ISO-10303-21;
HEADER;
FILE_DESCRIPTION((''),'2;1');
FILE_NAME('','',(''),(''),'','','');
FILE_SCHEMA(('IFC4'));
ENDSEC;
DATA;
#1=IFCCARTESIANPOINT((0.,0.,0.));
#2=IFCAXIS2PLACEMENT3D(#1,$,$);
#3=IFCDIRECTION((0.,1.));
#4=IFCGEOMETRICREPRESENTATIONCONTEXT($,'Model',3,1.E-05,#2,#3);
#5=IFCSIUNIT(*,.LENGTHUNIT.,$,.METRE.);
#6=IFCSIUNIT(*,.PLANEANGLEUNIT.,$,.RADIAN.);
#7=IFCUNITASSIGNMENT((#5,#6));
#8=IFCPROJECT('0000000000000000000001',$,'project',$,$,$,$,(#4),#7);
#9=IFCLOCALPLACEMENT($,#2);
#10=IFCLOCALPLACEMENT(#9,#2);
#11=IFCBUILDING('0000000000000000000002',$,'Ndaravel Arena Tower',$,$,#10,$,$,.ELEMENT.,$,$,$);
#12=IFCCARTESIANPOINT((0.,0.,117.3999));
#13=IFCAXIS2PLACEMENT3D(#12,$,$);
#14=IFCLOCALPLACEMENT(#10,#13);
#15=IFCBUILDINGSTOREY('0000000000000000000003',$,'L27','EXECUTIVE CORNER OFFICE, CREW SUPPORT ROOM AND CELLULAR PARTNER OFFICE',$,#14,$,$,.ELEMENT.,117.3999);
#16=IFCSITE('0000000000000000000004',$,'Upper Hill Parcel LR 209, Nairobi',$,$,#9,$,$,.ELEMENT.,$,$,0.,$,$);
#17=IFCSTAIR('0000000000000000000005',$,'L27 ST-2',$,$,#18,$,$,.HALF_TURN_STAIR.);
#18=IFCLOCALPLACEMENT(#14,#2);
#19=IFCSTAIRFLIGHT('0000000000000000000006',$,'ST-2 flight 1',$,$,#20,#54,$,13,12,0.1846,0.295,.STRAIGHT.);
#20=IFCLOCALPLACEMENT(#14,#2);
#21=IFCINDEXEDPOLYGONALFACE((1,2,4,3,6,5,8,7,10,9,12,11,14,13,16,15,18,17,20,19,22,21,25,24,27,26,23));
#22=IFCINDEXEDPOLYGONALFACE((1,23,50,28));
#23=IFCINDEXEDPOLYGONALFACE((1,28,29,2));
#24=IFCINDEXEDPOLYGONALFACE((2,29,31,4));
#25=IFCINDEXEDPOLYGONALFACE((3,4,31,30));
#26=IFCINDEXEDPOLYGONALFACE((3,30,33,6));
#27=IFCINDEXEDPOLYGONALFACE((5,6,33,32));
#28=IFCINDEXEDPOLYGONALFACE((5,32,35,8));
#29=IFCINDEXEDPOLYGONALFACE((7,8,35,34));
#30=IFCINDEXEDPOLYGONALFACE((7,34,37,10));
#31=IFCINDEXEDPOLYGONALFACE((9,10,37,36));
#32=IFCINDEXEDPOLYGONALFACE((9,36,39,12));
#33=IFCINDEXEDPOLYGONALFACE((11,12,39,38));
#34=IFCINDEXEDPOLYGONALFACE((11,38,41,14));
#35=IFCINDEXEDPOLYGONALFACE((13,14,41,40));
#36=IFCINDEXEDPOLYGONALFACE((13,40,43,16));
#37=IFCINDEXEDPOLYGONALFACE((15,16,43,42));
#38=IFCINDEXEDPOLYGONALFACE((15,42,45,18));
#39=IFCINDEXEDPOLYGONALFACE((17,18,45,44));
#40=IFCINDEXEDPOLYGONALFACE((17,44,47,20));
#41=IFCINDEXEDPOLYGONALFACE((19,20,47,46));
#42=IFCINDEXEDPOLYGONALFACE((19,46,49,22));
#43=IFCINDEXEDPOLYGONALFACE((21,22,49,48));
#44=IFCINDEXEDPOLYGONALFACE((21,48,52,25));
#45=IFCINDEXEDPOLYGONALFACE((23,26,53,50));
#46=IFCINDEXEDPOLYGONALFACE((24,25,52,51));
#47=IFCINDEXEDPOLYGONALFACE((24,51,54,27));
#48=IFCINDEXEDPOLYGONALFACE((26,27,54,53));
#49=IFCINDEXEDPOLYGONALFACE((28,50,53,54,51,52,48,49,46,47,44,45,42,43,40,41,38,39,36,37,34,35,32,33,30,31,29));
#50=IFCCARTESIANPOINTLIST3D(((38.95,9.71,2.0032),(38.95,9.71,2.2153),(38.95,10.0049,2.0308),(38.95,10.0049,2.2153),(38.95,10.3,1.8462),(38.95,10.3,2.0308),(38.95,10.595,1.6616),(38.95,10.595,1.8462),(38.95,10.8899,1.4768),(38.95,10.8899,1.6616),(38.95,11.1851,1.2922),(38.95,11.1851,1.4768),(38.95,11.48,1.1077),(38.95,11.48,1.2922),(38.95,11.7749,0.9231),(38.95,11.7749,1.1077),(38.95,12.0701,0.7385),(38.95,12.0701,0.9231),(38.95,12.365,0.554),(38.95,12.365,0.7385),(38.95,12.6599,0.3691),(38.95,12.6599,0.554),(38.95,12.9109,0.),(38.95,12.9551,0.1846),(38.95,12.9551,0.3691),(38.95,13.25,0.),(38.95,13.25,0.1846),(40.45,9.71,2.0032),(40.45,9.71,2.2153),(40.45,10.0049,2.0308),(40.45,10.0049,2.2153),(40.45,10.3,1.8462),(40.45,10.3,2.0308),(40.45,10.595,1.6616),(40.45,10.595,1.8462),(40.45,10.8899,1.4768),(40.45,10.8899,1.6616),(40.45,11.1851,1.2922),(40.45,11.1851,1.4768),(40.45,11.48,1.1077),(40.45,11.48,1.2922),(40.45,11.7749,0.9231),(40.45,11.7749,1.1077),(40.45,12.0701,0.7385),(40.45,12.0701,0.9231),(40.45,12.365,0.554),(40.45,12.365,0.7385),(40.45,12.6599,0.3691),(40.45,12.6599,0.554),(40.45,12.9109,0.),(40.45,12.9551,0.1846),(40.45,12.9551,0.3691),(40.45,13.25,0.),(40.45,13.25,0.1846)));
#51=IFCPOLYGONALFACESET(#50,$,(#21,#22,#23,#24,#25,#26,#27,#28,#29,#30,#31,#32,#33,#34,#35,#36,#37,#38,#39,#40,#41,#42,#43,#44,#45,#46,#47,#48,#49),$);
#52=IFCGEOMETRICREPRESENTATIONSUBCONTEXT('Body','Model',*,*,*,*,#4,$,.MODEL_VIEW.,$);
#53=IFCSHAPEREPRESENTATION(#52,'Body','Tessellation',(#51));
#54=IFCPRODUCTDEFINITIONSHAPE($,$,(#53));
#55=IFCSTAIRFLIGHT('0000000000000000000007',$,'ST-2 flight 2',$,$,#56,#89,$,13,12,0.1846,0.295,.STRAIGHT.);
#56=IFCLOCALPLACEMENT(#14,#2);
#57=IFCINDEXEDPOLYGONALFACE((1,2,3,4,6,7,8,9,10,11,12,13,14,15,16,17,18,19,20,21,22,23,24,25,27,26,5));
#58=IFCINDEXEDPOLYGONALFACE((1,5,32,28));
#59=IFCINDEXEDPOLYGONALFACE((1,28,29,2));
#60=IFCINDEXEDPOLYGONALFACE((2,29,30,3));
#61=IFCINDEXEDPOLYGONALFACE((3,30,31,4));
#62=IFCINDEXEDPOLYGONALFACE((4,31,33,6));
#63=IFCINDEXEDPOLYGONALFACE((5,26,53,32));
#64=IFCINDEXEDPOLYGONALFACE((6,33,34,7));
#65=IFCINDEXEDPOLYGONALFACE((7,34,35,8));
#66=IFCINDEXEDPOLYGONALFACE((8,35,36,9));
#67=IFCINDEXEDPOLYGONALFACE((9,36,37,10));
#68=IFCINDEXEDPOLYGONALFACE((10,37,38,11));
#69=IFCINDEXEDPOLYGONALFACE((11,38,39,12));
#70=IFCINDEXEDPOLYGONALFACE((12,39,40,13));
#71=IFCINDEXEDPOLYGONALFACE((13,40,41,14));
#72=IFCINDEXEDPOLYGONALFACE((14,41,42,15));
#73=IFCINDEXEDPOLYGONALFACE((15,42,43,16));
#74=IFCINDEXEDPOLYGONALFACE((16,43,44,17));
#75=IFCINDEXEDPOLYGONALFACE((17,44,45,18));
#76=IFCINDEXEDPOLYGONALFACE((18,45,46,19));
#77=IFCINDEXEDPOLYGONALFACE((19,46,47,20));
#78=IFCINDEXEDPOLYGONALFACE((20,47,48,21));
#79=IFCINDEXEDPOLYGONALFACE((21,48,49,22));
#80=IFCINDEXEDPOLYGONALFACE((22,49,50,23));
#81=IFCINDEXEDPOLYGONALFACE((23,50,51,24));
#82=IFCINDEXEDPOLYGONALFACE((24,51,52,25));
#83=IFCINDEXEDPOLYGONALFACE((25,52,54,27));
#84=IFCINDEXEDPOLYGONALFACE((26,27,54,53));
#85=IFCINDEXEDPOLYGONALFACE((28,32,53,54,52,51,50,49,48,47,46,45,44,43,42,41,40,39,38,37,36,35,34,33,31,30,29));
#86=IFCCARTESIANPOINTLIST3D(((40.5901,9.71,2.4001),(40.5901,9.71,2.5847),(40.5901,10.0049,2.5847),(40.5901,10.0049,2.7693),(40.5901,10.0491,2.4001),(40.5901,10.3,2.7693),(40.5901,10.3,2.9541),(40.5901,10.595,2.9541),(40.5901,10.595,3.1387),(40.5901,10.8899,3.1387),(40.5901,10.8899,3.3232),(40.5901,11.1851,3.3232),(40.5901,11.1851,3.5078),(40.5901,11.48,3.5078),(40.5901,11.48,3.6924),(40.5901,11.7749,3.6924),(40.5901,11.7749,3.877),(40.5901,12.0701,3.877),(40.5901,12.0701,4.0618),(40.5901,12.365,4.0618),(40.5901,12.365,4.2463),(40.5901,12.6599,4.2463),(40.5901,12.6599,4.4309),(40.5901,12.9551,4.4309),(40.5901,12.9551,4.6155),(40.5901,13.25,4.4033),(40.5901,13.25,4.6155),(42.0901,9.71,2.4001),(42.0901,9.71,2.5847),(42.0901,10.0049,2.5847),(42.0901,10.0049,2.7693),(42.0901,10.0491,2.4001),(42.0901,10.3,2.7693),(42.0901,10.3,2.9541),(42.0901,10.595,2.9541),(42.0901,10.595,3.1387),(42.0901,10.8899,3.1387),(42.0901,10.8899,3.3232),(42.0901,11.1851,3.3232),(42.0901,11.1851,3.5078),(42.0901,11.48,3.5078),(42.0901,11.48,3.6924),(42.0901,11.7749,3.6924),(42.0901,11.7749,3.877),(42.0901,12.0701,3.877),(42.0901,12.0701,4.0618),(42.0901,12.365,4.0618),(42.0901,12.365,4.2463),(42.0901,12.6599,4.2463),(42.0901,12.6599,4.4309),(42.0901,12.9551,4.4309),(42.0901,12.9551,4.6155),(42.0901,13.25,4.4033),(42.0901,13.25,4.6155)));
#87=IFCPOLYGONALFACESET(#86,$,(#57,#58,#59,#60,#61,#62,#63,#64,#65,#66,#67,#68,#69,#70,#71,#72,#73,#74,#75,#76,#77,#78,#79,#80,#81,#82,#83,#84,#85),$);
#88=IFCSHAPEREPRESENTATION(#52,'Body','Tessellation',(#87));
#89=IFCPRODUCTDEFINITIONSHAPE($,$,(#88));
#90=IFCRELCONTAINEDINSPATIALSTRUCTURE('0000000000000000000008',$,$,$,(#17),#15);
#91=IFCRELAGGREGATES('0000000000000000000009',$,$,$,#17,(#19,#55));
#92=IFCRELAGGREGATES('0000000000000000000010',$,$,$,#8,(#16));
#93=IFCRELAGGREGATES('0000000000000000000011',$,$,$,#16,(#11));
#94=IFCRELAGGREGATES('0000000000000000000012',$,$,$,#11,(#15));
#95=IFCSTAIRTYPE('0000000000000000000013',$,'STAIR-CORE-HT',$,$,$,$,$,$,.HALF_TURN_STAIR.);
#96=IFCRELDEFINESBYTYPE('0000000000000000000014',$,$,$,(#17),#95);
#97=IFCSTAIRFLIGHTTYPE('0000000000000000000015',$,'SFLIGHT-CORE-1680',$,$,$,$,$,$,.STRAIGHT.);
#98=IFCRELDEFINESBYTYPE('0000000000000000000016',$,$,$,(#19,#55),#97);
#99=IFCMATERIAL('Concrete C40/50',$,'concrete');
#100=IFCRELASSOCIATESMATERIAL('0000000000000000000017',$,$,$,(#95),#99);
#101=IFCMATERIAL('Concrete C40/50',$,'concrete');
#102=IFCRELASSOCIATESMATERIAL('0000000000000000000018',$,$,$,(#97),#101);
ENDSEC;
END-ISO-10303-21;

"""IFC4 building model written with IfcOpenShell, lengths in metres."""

from ifc_helpers import new_model, si_unit, direction, frame, origin, place, context, subcontext, project, spatial, polyline, outline, extrude, material, type_object, element, aggregate, save


model = new_model("IFC4")

# Units and contexts
model_context = context("Model", 3, precision=1e-05, world=origin(), true_north=direction((0.0, 1.0)))
body_context = subcontext(model_context, "Body", "Model", "MODEL_VIEW")
ifc_project = project(units=[si_unit("LENGTHUNIT", "METRE"), si_unit("PLANEANGLEUNIT", "RADIAN")], contexts=[model_context])

# Site, building, storey
site_placement = place(None, origin())
site = spatial("IfcSite", under=ifc_project, at=site_placement, Name="Upper Hill Parcel LR 209, Nairobi", CompositionType="ELEMENT", RefElevation=0.0)
building_placement = place(site_placement, origin())
building = spatial("IfcBuilding", under=site, at=building_placement, Name="Ndaravel Arena Tower", CompositionType="ELEMENT")
storey_placement = place(building_placement, frame((0.0, 0.0, 117.3999)))
storey = spatial("IfcBuildingStorey", under=building, at=storey_placement, Name="L27", Description="EXECUTIVE CORNER OFFICE, CREW SUPPORT ROOM AND CELLULAR PARTNER OFFICE", CompositionType="ELEMENT", Elevation=117.3999)

# Stair, stair flights
ifc_material_1 = material(Name="Concrete C40/50", Category="concrete")
stair_type = type_object("IfcStairType", Name="STAIR-CORE-HT", PredefinedType="HALF_TURN_STAIR", material=ifc_material_1)
stair_placement = place(storey_placement, origin())
stair = element("IfcStair", 1, at=stair_placement, inside=storey, type_object=stair_type, Name="L27 ST-2", PredefinedType="HALF_TURN_STAIR")
ifc_material_2 = material(Name="Concrete C40/50", Category="concrete")
stair_flight_type = type_object("IfcStairFlightType", Name="SFLIGHT-CORE-1680", PredefinedType="STRAIGHT", material=ifc_material_2)
stair_flight_1_placement = place(storey_placement, frame((39.7, 13.25, 0.0), z_axis=(0.0, 0.0, 1.0), x_axis=(0.0, -1.0, 0.0)))
stair_flight_1 = element("IfcStairFlight", 2, at=stair_flight_1_placement, type_object=stair_flight_type, Name="ST-2 flight 1", NumberOfRisers=13, NumberOfTreads=12, PredefinedType="STRAIGHT", RiserHeight=0.1846, TreadLength=0.295, context=body_context, shape_type="SweptSolid", body=[
    extrude(outline(polyline([(0.0, 0.0), (0.0, 0.1846), (0.2949, 0.1846), (0.2949, 0.3691), (0.5901, 0.3691), (0.5901, 0.554), (0.885, 0.554), (0.885, 0.7385), (1.1799, 0.7385), (1.1799, 0.9231), (1.4751, 0.9231), (1.4751, 1.1077), (1.77, 1.1077), (1.77, 1.2922), (2.0649, 1.2922), (2.0649, 1.4768), (2.3601, 1.4768), (2.3601, 1.6616), (2.655, 1.6616), (2.655, 1.8462), (2.95, 1.8462), (2.95, 2.0308), (3.2451, 2.0308), (3.2451, 2.2153), (3.54, 2.2153), (3.54, 2.3999), (3.54, 2.0032), (0.3391, 0.0), (0.0, 0.0)])), frame((0.0, 0.75, 0.0), z_axis=(0.0, -1.0, 0.0), x_axis=(1.0, 0.0, 0.0)), (0.0, 0.0, 1.0), 1.5),
])
stair_flight_2_placement = place(storey_placement, frame((41.3401, 9.71, 2.4001), z_axis=(0.0, 0.0, 1.0), x_axis=(0.0, 1.0, 0.0)))
stair_flight_2 = element("IfcStairFlight", 3, at=stair_flight_2_placement, type_object=stair_flight_type, Name="ST-2 flight 2", NumberOfRisers=13, NumberOfTreads=12, PredefinedType="STRAIGHT", RiserHeight=0.1846, TreadLength=0.295, context=body_context, shape_type="SweptSolid", body=[
    extrude(outline(polyline([(0.0, 0.0), (0.0, 0.1846), (0.2949, 0.1846), (0.2949, 0.3691), (0.5901, 0.3691), (0.5901, 0.554), (0.885, 0.554), (0.885, 0.7385), (1.1799, 0.7385), (1.1799, 0.9231), (1.4751, 0.9231), (1.4751, 1.1077), (1.77, 1.1077), (1.77, 1.2922), (2.0649, 1.2922), (2.0649, 1.4768), (2.3601, 1.4768), (2.3601, 1.6616), (2.655, 1.6616), (2.655, 1.8462), (2.95, 1.8462), (2.95, 2.0308), (3.2451, 2.0308), (3.2451, 2.2153), (3.54, 2.2153), (3.54, 2.3999), (3.54, 2.0032), (0.3391, 0.0), (0.0, 0.0)])), frame((0.0, 0.75, 0.0), z_axis=(0.0, -1.0, 0.0), x_axis=(1.0, 0.0, 0.0)), (0.0, 0.0, 1.0), 1.5),
])
aggregate(stair, [stair_flight_1, stair_flight_2])

save(model, "model.ifc")
